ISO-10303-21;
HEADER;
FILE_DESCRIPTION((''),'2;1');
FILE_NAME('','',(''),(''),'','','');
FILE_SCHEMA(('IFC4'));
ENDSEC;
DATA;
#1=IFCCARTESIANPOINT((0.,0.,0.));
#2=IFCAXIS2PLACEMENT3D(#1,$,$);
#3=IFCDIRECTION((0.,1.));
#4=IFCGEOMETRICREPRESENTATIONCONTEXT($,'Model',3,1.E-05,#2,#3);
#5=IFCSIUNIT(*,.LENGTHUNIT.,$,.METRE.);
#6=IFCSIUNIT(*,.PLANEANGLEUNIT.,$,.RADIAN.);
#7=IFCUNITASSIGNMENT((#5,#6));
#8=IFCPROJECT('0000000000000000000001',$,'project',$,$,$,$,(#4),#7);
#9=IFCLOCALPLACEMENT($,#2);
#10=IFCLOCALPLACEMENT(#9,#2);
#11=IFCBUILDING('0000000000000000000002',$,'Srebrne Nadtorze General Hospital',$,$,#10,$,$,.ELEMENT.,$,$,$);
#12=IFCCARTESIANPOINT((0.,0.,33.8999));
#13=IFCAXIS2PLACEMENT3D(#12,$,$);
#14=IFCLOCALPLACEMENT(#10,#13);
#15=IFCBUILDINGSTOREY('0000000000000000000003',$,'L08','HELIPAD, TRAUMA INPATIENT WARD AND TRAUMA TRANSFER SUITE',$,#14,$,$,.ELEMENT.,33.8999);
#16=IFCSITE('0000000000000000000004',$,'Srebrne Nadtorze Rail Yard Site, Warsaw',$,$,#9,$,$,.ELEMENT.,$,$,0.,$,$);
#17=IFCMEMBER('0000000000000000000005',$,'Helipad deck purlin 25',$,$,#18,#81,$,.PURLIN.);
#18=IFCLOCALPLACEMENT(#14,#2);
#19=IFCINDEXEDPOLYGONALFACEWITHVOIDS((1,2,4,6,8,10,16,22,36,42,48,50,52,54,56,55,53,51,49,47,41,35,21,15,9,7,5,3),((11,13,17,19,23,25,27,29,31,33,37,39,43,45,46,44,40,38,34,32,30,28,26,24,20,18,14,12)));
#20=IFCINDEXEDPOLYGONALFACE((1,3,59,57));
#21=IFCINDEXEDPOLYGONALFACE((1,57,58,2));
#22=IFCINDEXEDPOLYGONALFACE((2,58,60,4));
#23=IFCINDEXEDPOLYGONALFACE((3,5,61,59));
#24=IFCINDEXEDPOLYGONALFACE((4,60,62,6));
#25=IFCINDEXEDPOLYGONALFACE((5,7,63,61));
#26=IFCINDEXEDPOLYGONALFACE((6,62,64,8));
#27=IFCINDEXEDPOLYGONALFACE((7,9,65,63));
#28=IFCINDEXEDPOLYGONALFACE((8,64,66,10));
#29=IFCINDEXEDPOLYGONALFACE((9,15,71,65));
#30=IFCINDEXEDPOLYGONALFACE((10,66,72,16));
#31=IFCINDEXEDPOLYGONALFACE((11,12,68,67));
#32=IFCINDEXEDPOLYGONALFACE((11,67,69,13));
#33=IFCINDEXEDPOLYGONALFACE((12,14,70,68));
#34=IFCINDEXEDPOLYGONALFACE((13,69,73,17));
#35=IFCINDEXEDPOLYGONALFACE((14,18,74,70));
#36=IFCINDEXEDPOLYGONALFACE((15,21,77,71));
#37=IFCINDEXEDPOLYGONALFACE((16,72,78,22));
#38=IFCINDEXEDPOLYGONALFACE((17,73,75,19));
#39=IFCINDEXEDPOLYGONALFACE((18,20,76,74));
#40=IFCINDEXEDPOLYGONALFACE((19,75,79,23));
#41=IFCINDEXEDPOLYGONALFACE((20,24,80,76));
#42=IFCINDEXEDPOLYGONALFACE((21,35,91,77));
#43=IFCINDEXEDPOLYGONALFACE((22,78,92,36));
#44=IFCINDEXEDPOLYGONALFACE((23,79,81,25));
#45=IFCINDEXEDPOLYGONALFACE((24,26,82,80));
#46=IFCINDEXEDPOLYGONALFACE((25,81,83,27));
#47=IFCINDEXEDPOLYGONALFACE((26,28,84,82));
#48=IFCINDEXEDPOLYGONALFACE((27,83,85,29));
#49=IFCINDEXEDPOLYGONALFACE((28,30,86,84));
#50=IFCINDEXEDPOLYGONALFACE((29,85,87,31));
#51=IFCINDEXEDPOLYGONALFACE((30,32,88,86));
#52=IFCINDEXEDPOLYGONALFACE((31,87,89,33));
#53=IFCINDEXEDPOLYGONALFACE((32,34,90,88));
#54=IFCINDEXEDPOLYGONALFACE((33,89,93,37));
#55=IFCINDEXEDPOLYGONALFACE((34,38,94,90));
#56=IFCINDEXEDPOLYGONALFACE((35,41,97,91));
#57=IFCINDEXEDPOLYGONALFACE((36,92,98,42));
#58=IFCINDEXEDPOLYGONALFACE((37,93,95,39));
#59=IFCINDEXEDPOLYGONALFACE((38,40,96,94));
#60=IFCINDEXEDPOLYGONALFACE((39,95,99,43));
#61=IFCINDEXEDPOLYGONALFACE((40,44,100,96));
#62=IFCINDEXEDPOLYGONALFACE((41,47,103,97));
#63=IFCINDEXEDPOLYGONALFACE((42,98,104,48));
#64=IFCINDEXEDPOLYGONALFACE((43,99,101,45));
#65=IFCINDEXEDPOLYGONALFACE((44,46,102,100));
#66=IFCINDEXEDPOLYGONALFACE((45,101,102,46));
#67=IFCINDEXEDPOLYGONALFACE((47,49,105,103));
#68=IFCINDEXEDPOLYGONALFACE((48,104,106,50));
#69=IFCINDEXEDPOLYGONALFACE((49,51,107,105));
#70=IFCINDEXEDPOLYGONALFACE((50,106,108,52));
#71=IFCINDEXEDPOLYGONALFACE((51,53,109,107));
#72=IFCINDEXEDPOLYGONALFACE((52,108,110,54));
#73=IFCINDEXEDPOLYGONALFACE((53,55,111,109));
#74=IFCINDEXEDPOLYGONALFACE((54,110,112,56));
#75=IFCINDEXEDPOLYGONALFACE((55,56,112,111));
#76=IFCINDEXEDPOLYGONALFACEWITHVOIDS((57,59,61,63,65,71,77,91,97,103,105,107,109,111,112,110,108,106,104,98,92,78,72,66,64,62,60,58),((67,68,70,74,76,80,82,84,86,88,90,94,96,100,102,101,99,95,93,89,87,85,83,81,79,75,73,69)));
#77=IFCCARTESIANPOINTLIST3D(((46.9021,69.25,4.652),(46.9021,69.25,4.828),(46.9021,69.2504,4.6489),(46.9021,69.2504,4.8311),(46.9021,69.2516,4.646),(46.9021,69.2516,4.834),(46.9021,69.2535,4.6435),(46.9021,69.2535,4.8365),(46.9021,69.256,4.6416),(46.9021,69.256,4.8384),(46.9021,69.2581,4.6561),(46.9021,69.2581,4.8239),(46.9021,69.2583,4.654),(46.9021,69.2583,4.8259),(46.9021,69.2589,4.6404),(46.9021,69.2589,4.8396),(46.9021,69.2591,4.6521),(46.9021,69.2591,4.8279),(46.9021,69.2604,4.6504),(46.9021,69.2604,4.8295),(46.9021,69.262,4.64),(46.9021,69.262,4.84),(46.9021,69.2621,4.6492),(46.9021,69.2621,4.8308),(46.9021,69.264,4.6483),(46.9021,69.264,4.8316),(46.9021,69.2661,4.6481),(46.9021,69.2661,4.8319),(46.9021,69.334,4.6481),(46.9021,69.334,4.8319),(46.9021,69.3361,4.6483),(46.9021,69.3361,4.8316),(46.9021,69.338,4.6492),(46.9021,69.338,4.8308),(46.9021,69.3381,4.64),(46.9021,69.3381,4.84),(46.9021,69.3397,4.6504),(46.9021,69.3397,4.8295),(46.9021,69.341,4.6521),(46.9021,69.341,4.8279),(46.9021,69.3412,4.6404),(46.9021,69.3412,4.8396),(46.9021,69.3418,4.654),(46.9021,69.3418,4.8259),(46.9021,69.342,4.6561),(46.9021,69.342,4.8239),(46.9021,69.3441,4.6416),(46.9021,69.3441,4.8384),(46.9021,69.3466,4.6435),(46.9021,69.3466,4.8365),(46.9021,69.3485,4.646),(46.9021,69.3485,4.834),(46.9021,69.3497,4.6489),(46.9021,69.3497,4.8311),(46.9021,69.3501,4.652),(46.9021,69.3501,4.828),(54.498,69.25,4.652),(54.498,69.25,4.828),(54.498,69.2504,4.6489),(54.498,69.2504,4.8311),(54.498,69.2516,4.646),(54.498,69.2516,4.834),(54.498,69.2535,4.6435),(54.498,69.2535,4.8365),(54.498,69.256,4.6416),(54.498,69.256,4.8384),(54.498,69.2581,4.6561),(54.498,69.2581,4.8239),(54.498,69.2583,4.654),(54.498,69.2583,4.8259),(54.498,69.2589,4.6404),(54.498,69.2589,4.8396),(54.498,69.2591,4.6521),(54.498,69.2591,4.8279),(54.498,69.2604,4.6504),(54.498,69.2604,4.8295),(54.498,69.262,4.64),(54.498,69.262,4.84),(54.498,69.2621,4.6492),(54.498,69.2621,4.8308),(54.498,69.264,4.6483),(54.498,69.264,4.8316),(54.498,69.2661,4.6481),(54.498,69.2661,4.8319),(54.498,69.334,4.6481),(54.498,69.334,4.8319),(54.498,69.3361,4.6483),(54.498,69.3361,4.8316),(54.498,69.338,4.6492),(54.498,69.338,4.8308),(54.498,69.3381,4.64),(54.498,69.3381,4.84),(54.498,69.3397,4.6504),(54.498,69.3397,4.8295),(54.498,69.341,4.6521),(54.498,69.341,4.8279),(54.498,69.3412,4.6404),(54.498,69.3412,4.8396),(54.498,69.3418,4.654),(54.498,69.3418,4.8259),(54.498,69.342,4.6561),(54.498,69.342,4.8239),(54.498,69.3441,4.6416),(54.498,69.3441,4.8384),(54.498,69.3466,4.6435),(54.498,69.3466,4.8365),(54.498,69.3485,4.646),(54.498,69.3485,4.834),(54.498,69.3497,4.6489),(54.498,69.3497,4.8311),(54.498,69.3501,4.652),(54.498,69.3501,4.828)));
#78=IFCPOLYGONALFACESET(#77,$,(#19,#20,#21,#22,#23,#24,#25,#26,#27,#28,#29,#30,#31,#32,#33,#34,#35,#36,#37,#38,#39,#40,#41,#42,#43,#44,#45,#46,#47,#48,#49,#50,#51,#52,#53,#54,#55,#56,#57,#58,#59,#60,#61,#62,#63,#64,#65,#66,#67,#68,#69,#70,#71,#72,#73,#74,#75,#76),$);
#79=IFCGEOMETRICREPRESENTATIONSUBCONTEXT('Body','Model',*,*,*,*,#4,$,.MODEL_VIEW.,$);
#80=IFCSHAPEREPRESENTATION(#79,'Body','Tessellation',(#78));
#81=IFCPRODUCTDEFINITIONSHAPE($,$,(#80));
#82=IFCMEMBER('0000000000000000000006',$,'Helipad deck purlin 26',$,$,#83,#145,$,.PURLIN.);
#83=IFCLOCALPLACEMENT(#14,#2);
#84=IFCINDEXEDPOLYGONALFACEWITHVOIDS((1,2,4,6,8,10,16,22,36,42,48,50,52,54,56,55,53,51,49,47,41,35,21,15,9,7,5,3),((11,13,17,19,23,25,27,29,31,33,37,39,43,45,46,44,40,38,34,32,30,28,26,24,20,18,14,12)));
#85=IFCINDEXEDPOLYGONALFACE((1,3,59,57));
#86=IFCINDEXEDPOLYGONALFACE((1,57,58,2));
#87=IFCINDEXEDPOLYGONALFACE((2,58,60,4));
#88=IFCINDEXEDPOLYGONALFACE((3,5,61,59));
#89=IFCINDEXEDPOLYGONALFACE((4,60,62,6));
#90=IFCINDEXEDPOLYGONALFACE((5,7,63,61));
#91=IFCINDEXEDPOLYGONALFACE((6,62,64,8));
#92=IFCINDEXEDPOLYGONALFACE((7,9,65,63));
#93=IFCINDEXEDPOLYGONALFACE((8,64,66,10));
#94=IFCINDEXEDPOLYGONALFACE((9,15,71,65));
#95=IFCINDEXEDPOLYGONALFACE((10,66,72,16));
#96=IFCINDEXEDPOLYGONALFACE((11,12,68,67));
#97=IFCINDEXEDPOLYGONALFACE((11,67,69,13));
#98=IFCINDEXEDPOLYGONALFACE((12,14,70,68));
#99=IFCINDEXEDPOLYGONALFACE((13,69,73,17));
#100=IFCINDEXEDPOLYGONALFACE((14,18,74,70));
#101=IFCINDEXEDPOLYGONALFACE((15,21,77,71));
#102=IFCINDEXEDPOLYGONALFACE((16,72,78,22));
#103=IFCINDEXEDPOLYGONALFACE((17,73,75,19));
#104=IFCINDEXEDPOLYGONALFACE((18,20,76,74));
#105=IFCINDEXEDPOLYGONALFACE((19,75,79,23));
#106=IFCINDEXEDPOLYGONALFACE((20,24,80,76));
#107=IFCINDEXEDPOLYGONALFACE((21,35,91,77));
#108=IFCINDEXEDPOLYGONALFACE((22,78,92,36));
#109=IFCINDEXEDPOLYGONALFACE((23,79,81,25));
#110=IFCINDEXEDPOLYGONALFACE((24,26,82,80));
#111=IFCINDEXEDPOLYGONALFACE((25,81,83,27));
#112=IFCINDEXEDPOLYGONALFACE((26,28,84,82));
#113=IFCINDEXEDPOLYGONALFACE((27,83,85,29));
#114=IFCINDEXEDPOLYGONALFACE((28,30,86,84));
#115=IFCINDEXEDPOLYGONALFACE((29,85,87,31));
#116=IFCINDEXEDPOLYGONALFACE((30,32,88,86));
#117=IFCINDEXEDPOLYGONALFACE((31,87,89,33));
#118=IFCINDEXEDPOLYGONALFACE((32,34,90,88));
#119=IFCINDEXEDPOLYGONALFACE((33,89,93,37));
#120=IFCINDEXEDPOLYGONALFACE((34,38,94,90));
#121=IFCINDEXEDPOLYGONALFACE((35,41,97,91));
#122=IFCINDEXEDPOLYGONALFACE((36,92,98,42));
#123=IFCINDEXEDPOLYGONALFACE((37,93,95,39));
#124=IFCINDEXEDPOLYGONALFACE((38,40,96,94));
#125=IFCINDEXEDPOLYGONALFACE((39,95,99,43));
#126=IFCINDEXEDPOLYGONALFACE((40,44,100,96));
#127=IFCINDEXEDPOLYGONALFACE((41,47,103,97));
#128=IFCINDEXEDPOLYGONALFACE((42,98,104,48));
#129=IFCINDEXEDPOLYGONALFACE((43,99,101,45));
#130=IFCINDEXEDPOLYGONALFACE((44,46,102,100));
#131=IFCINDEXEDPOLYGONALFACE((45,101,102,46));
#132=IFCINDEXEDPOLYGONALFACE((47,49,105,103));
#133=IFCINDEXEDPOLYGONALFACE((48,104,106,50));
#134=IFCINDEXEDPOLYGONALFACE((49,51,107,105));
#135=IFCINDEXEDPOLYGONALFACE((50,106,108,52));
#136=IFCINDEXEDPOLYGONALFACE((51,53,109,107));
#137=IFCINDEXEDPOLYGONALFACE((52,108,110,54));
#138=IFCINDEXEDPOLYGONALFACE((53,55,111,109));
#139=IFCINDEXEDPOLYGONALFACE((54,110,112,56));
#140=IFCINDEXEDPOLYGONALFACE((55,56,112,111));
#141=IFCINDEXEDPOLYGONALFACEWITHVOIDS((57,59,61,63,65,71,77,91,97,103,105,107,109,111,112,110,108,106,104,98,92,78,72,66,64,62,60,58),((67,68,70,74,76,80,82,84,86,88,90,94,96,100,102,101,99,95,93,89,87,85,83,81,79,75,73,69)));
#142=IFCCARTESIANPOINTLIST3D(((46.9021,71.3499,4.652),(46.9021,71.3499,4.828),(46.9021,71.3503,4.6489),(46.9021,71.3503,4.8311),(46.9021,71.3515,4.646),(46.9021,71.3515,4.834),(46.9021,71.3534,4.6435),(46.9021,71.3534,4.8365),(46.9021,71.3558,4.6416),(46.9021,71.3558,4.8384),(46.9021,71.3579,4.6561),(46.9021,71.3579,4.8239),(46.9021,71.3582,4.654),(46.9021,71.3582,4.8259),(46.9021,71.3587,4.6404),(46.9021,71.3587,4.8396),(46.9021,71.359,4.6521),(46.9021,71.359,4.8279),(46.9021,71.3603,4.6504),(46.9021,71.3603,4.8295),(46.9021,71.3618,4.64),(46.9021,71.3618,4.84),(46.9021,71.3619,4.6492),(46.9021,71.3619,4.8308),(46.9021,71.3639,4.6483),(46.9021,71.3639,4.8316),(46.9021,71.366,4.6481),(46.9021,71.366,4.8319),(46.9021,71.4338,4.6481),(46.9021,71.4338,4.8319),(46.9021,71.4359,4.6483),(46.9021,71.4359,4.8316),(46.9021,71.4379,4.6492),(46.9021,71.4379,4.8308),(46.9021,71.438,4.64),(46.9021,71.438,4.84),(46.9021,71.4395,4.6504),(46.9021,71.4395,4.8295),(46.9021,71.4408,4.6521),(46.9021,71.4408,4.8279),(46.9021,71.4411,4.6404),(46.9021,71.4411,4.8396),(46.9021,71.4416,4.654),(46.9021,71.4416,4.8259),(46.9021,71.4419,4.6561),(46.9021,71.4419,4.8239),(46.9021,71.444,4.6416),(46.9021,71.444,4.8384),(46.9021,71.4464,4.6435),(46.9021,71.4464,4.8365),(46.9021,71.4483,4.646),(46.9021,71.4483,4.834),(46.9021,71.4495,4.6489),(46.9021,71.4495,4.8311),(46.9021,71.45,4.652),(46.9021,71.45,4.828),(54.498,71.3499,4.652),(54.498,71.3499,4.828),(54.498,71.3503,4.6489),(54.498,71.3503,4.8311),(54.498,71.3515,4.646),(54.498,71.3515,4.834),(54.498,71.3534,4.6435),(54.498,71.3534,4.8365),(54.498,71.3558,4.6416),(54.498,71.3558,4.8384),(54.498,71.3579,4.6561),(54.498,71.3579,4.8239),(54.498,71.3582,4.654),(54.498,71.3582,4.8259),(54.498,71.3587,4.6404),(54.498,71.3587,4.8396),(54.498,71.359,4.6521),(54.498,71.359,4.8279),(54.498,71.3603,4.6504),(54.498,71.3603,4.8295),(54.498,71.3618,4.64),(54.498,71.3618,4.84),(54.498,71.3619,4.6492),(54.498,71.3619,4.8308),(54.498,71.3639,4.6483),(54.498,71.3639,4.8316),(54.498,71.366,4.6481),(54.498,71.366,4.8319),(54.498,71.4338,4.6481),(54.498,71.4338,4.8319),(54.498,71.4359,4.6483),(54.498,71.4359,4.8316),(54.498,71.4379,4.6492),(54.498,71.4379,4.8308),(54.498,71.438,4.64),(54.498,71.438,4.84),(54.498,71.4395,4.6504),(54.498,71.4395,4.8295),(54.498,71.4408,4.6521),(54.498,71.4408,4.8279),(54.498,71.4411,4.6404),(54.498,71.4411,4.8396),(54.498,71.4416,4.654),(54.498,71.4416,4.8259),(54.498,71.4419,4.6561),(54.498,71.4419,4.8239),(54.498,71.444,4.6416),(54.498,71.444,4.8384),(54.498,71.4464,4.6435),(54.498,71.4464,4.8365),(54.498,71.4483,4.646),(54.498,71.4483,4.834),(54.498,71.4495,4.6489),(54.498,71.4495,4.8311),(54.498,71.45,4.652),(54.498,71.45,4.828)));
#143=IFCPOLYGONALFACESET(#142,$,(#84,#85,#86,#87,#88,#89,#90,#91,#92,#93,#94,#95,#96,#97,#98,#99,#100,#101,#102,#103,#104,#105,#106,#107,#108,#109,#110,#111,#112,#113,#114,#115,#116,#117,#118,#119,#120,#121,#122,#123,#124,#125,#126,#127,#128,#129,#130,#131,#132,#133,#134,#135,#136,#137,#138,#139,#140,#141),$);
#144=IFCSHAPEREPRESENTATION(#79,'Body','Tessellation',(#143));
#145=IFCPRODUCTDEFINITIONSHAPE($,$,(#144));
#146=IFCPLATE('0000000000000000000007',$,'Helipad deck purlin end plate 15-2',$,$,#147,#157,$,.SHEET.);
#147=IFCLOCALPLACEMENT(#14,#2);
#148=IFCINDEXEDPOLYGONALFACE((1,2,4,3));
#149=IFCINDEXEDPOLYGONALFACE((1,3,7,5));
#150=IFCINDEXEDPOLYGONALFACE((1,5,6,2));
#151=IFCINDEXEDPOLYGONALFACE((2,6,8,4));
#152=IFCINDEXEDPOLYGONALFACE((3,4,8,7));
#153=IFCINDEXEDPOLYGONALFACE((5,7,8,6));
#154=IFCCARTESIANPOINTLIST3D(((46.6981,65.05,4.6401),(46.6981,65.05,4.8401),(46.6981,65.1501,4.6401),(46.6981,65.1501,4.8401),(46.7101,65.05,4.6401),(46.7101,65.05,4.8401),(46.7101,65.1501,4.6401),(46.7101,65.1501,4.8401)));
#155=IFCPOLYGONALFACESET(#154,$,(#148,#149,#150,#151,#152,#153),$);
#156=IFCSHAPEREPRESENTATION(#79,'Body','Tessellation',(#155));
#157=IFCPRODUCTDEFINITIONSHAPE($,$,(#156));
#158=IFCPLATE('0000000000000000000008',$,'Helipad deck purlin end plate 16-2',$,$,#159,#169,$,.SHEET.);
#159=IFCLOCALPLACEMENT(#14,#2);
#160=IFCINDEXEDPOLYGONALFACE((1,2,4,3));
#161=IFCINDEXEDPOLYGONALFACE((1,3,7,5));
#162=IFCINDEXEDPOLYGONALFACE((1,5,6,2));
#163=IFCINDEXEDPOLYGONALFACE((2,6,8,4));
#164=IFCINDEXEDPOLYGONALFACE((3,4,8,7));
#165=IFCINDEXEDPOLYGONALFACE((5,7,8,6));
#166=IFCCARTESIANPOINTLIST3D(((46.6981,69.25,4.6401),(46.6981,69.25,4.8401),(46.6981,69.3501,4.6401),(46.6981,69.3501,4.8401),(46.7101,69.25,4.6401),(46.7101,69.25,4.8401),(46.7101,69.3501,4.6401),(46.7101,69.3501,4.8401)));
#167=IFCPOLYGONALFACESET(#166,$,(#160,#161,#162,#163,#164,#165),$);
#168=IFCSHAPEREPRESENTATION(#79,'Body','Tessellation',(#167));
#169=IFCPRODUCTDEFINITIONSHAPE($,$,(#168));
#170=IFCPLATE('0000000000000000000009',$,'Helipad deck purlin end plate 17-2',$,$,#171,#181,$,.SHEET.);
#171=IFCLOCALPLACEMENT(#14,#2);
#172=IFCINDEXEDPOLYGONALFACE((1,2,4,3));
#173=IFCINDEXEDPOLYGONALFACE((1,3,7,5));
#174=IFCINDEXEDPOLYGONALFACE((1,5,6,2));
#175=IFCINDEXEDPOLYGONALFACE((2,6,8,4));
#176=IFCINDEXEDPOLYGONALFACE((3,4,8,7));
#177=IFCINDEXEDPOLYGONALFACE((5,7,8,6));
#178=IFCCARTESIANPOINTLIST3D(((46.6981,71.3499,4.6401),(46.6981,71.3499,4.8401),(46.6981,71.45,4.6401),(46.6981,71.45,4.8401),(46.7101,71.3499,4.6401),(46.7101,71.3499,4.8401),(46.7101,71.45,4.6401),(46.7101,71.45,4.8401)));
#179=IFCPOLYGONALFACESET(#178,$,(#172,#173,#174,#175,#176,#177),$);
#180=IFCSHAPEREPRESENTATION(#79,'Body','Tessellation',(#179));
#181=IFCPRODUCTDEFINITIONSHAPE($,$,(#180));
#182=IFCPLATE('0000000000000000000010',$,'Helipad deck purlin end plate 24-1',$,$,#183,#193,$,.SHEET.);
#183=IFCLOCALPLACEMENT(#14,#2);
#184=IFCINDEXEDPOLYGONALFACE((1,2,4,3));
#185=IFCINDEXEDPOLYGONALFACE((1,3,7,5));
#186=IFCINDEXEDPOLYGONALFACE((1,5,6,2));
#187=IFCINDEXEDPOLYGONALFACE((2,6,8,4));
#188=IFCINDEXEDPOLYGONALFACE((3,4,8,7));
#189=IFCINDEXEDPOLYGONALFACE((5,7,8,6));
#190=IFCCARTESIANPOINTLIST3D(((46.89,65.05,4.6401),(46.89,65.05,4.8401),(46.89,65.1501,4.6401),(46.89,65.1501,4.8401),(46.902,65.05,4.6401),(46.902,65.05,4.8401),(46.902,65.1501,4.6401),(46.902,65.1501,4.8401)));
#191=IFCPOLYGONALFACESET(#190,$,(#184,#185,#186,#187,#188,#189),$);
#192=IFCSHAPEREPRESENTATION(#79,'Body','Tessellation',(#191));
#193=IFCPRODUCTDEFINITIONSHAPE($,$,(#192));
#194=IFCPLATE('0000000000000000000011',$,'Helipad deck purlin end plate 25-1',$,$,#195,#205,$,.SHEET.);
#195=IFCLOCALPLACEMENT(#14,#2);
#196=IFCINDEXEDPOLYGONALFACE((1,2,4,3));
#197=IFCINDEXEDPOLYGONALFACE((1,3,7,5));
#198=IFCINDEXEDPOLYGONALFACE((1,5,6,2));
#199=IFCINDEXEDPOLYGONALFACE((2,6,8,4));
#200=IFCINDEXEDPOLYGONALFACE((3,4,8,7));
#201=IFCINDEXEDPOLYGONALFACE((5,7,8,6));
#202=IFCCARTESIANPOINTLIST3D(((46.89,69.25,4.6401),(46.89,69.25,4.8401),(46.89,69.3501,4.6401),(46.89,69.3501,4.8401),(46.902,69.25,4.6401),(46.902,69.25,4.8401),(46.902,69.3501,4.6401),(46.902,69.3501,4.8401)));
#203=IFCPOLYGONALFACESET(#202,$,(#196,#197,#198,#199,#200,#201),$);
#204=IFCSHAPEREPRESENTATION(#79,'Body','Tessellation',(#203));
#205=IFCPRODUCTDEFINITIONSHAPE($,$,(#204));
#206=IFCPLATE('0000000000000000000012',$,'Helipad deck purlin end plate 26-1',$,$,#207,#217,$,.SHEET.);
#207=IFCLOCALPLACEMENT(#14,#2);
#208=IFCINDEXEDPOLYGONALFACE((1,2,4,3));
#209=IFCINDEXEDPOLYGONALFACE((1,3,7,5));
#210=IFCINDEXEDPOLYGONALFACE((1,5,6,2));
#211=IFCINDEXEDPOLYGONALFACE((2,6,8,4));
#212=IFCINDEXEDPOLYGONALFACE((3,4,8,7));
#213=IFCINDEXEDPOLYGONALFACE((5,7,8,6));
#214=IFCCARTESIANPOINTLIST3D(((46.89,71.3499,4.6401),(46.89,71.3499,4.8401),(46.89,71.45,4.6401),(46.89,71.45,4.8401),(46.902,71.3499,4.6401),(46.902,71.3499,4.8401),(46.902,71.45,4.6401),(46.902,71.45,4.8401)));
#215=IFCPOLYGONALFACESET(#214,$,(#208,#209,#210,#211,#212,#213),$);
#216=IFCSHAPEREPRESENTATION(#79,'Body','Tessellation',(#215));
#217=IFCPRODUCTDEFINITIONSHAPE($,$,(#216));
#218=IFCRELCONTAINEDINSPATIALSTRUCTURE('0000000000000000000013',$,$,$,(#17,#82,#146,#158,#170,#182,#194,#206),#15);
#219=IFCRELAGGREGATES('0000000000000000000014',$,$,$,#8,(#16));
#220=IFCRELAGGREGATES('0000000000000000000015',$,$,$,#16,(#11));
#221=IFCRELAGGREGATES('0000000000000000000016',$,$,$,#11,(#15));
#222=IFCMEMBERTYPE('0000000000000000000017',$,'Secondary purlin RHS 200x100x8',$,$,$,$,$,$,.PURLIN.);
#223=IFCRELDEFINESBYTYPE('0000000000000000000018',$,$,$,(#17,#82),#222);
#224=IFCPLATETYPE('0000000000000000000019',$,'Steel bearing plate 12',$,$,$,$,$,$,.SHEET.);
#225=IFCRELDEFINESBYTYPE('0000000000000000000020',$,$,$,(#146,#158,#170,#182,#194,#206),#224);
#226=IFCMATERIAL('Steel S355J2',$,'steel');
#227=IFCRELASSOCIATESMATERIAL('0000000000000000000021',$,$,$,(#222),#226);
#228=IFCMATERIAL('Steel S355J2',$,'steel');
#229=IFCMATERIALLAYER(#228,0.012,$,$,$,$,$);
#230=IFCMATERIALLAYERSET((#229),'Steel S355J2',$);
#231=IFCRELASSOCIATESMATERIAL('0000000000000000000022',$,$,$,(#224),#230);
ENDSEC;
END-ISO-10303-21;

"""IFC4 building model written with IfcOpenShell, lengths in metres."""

from ifc_helpers import new_model, si_unit, direction, frame, origin, origin_2d, place, context, subcontext, project, spatial, rectangle, hollow_rectangle, extrude, material, layer, layer_set, material_profile, profile_set, type_object, element, save


model = new_model("IFC4")

# Units and contexts
model_context = context("Model", 3, precision=1e-05, world=origin(), true_north=direction((0.0, 1.0)))
body_context = subcontext(model_context, "Body", "Model", "MODEL_VIEW")
ifc_project = project(units=[si_unit("LENGTHUNIT", "METRE"), si_unit("PLANEANGLEUNIT", "RADIAN")], contexts=[model_context])

# Site, building, storey
site_placement = place(None, origin())
site = spatial("IfcSite", under=ifc_project, at=site_placement, Name="Srebrne Nadtorze Rail Yard Site, Warsaw", CompositionType="ELEMENT", RefElevation=0.0)
building_placement = place(site_placement, origin())
building = spatial("IfcBuilding", under=site, at=building_placement, Name="Srebrne Nadtorze General Hospital", CompositionType="ELEMENT")
storey_placement = place(building_placement, frame((0.0, 0.0, 33.8999)))
storey = spatial("IfcBuildingStorey", under=building, at=storey_placement, Name="L08", Description="HELIPAD, TRAUMA INPATIENT WARD AND TRAUMA TRANSFER SUITE", CompositionType="ELEMENT", Elevation=33.8999)

# Members
ifc_material_1 = material(Name="Steel S355J2", Category="steel")
ifc_material_profile_1 = material_profile(ifc_material_1, hollow_rectangle(XDim=0.1001, YDim=0.2, WallThickness=0.0081, InnerFilletRadius=0.0081, OuterFilletRadius=0.012, at=origin_2d()), Name="RHS-200x100x8")
ifc_profile_set_1 = profile_set([ifc_material_profile_1], Name="Steel S355J2")
member_type_1 = type_object("IfcMemberType", Name="Secondary purlin RHS 200x100x8", PredefinedType="PURLIN", material=ifc_profile_set_1)
for number, where, z_axis, x_axis, name in (
    (1, (46.9021, 69.3, 4.74), (1.0, 0.0, 0.0), (0.0, 1.0, 0.0), "Helipad deck purlin 25"),
    (2, (46.9021, 71.3999, 4.74), (1.0, 0.0, 0.0), (0.0, 1.0, 0.0), "Helipad deck purlin 26"),
):
    element("IfcMember", number, at=place(storey_placement, frame(where, z_axis=z_axis, x_axis=x_axis)), inside=storey, type_object=member_type_1, Name=name, PredefinedType="PURLIN", context=body_context, shape_type="SweptSolid", body=[
        extrude(hollow_rectangle(XDim=0.1001, YDim=0.2, WallThickness=0.0081, InnerFilletRadius=0.0081, OuterFilletRadius=0.012, at=origin_2d()), origin(), (0.0, 0.0, 1.0), 7.5959),
    ])

# Plates
ifc_material_2 = material(Name="Steel S355J2", Category="steel")
ifc_layer_1 = layer(ifc_material_2, 0.012)
ifc_layer_set_1 = layer_set([ifc_layer_1], Name="Steel S355J2")
plate_type = type_object("IfcPlateType", Name="Steel bearing plate 12", PredefinedType="SHEET", material=ifc_layer_set_1)
for number, where, z_axis, x_axis, name in (
    (3, (46.7041, 65.1001, 4.6401), (0.0, 0.0, 1.0), (1.0, 0.0, 0.0), "Helipad deck purlin end plate 15-2"),
    (4, (46.7041, 69.3, 4.6401), (0.0, 0.0, 1.0), (1.0, 0.0, 0.0), "Helipad deck purlin end plate 16-2"),
    (5, (46.7041, 71.3999, 4.6401), (0.0, 0.0, 1.0), (1.0, 0.0, 0.0), "Helipad deck purlin end plate 17-2"),
    (6, (46.896, 65.1001, 4.6401), (0.0, 0.0, 1.0), (1.0, 0.0, 0.0), "Helipad deck purlin end plate 24-1"),
    (7, (46.896, 69.3, 4.6401), (0.0, 0.0, 1.0), (1.0, 0.0, 0.0), "Helipad deck purlin end plate 25-1"),
    (8, (46.896, 71.3999, 4.6401), (0.0, 0.0, 1.0), (1.0, 0.0, 0.0), "Helipad deck purlin end plate 26-1"),
):
    element("IfcPlate", number, at=place(storey_placement, frame(where, z_axis=z_axis, x_axis=x_axis)), inside=storey, type_object=plate_type, Name=name, PredefinedType="SHEET", context=body_context, shape_type="SweptSolid", body=[
        extrude(rectangle(XDim=0.012, YDim=0.1001, at=origin_2d()), origin(), (0.0, 0.0, 1.0), 0.2),
    ])

save(model, "model.ifc")
